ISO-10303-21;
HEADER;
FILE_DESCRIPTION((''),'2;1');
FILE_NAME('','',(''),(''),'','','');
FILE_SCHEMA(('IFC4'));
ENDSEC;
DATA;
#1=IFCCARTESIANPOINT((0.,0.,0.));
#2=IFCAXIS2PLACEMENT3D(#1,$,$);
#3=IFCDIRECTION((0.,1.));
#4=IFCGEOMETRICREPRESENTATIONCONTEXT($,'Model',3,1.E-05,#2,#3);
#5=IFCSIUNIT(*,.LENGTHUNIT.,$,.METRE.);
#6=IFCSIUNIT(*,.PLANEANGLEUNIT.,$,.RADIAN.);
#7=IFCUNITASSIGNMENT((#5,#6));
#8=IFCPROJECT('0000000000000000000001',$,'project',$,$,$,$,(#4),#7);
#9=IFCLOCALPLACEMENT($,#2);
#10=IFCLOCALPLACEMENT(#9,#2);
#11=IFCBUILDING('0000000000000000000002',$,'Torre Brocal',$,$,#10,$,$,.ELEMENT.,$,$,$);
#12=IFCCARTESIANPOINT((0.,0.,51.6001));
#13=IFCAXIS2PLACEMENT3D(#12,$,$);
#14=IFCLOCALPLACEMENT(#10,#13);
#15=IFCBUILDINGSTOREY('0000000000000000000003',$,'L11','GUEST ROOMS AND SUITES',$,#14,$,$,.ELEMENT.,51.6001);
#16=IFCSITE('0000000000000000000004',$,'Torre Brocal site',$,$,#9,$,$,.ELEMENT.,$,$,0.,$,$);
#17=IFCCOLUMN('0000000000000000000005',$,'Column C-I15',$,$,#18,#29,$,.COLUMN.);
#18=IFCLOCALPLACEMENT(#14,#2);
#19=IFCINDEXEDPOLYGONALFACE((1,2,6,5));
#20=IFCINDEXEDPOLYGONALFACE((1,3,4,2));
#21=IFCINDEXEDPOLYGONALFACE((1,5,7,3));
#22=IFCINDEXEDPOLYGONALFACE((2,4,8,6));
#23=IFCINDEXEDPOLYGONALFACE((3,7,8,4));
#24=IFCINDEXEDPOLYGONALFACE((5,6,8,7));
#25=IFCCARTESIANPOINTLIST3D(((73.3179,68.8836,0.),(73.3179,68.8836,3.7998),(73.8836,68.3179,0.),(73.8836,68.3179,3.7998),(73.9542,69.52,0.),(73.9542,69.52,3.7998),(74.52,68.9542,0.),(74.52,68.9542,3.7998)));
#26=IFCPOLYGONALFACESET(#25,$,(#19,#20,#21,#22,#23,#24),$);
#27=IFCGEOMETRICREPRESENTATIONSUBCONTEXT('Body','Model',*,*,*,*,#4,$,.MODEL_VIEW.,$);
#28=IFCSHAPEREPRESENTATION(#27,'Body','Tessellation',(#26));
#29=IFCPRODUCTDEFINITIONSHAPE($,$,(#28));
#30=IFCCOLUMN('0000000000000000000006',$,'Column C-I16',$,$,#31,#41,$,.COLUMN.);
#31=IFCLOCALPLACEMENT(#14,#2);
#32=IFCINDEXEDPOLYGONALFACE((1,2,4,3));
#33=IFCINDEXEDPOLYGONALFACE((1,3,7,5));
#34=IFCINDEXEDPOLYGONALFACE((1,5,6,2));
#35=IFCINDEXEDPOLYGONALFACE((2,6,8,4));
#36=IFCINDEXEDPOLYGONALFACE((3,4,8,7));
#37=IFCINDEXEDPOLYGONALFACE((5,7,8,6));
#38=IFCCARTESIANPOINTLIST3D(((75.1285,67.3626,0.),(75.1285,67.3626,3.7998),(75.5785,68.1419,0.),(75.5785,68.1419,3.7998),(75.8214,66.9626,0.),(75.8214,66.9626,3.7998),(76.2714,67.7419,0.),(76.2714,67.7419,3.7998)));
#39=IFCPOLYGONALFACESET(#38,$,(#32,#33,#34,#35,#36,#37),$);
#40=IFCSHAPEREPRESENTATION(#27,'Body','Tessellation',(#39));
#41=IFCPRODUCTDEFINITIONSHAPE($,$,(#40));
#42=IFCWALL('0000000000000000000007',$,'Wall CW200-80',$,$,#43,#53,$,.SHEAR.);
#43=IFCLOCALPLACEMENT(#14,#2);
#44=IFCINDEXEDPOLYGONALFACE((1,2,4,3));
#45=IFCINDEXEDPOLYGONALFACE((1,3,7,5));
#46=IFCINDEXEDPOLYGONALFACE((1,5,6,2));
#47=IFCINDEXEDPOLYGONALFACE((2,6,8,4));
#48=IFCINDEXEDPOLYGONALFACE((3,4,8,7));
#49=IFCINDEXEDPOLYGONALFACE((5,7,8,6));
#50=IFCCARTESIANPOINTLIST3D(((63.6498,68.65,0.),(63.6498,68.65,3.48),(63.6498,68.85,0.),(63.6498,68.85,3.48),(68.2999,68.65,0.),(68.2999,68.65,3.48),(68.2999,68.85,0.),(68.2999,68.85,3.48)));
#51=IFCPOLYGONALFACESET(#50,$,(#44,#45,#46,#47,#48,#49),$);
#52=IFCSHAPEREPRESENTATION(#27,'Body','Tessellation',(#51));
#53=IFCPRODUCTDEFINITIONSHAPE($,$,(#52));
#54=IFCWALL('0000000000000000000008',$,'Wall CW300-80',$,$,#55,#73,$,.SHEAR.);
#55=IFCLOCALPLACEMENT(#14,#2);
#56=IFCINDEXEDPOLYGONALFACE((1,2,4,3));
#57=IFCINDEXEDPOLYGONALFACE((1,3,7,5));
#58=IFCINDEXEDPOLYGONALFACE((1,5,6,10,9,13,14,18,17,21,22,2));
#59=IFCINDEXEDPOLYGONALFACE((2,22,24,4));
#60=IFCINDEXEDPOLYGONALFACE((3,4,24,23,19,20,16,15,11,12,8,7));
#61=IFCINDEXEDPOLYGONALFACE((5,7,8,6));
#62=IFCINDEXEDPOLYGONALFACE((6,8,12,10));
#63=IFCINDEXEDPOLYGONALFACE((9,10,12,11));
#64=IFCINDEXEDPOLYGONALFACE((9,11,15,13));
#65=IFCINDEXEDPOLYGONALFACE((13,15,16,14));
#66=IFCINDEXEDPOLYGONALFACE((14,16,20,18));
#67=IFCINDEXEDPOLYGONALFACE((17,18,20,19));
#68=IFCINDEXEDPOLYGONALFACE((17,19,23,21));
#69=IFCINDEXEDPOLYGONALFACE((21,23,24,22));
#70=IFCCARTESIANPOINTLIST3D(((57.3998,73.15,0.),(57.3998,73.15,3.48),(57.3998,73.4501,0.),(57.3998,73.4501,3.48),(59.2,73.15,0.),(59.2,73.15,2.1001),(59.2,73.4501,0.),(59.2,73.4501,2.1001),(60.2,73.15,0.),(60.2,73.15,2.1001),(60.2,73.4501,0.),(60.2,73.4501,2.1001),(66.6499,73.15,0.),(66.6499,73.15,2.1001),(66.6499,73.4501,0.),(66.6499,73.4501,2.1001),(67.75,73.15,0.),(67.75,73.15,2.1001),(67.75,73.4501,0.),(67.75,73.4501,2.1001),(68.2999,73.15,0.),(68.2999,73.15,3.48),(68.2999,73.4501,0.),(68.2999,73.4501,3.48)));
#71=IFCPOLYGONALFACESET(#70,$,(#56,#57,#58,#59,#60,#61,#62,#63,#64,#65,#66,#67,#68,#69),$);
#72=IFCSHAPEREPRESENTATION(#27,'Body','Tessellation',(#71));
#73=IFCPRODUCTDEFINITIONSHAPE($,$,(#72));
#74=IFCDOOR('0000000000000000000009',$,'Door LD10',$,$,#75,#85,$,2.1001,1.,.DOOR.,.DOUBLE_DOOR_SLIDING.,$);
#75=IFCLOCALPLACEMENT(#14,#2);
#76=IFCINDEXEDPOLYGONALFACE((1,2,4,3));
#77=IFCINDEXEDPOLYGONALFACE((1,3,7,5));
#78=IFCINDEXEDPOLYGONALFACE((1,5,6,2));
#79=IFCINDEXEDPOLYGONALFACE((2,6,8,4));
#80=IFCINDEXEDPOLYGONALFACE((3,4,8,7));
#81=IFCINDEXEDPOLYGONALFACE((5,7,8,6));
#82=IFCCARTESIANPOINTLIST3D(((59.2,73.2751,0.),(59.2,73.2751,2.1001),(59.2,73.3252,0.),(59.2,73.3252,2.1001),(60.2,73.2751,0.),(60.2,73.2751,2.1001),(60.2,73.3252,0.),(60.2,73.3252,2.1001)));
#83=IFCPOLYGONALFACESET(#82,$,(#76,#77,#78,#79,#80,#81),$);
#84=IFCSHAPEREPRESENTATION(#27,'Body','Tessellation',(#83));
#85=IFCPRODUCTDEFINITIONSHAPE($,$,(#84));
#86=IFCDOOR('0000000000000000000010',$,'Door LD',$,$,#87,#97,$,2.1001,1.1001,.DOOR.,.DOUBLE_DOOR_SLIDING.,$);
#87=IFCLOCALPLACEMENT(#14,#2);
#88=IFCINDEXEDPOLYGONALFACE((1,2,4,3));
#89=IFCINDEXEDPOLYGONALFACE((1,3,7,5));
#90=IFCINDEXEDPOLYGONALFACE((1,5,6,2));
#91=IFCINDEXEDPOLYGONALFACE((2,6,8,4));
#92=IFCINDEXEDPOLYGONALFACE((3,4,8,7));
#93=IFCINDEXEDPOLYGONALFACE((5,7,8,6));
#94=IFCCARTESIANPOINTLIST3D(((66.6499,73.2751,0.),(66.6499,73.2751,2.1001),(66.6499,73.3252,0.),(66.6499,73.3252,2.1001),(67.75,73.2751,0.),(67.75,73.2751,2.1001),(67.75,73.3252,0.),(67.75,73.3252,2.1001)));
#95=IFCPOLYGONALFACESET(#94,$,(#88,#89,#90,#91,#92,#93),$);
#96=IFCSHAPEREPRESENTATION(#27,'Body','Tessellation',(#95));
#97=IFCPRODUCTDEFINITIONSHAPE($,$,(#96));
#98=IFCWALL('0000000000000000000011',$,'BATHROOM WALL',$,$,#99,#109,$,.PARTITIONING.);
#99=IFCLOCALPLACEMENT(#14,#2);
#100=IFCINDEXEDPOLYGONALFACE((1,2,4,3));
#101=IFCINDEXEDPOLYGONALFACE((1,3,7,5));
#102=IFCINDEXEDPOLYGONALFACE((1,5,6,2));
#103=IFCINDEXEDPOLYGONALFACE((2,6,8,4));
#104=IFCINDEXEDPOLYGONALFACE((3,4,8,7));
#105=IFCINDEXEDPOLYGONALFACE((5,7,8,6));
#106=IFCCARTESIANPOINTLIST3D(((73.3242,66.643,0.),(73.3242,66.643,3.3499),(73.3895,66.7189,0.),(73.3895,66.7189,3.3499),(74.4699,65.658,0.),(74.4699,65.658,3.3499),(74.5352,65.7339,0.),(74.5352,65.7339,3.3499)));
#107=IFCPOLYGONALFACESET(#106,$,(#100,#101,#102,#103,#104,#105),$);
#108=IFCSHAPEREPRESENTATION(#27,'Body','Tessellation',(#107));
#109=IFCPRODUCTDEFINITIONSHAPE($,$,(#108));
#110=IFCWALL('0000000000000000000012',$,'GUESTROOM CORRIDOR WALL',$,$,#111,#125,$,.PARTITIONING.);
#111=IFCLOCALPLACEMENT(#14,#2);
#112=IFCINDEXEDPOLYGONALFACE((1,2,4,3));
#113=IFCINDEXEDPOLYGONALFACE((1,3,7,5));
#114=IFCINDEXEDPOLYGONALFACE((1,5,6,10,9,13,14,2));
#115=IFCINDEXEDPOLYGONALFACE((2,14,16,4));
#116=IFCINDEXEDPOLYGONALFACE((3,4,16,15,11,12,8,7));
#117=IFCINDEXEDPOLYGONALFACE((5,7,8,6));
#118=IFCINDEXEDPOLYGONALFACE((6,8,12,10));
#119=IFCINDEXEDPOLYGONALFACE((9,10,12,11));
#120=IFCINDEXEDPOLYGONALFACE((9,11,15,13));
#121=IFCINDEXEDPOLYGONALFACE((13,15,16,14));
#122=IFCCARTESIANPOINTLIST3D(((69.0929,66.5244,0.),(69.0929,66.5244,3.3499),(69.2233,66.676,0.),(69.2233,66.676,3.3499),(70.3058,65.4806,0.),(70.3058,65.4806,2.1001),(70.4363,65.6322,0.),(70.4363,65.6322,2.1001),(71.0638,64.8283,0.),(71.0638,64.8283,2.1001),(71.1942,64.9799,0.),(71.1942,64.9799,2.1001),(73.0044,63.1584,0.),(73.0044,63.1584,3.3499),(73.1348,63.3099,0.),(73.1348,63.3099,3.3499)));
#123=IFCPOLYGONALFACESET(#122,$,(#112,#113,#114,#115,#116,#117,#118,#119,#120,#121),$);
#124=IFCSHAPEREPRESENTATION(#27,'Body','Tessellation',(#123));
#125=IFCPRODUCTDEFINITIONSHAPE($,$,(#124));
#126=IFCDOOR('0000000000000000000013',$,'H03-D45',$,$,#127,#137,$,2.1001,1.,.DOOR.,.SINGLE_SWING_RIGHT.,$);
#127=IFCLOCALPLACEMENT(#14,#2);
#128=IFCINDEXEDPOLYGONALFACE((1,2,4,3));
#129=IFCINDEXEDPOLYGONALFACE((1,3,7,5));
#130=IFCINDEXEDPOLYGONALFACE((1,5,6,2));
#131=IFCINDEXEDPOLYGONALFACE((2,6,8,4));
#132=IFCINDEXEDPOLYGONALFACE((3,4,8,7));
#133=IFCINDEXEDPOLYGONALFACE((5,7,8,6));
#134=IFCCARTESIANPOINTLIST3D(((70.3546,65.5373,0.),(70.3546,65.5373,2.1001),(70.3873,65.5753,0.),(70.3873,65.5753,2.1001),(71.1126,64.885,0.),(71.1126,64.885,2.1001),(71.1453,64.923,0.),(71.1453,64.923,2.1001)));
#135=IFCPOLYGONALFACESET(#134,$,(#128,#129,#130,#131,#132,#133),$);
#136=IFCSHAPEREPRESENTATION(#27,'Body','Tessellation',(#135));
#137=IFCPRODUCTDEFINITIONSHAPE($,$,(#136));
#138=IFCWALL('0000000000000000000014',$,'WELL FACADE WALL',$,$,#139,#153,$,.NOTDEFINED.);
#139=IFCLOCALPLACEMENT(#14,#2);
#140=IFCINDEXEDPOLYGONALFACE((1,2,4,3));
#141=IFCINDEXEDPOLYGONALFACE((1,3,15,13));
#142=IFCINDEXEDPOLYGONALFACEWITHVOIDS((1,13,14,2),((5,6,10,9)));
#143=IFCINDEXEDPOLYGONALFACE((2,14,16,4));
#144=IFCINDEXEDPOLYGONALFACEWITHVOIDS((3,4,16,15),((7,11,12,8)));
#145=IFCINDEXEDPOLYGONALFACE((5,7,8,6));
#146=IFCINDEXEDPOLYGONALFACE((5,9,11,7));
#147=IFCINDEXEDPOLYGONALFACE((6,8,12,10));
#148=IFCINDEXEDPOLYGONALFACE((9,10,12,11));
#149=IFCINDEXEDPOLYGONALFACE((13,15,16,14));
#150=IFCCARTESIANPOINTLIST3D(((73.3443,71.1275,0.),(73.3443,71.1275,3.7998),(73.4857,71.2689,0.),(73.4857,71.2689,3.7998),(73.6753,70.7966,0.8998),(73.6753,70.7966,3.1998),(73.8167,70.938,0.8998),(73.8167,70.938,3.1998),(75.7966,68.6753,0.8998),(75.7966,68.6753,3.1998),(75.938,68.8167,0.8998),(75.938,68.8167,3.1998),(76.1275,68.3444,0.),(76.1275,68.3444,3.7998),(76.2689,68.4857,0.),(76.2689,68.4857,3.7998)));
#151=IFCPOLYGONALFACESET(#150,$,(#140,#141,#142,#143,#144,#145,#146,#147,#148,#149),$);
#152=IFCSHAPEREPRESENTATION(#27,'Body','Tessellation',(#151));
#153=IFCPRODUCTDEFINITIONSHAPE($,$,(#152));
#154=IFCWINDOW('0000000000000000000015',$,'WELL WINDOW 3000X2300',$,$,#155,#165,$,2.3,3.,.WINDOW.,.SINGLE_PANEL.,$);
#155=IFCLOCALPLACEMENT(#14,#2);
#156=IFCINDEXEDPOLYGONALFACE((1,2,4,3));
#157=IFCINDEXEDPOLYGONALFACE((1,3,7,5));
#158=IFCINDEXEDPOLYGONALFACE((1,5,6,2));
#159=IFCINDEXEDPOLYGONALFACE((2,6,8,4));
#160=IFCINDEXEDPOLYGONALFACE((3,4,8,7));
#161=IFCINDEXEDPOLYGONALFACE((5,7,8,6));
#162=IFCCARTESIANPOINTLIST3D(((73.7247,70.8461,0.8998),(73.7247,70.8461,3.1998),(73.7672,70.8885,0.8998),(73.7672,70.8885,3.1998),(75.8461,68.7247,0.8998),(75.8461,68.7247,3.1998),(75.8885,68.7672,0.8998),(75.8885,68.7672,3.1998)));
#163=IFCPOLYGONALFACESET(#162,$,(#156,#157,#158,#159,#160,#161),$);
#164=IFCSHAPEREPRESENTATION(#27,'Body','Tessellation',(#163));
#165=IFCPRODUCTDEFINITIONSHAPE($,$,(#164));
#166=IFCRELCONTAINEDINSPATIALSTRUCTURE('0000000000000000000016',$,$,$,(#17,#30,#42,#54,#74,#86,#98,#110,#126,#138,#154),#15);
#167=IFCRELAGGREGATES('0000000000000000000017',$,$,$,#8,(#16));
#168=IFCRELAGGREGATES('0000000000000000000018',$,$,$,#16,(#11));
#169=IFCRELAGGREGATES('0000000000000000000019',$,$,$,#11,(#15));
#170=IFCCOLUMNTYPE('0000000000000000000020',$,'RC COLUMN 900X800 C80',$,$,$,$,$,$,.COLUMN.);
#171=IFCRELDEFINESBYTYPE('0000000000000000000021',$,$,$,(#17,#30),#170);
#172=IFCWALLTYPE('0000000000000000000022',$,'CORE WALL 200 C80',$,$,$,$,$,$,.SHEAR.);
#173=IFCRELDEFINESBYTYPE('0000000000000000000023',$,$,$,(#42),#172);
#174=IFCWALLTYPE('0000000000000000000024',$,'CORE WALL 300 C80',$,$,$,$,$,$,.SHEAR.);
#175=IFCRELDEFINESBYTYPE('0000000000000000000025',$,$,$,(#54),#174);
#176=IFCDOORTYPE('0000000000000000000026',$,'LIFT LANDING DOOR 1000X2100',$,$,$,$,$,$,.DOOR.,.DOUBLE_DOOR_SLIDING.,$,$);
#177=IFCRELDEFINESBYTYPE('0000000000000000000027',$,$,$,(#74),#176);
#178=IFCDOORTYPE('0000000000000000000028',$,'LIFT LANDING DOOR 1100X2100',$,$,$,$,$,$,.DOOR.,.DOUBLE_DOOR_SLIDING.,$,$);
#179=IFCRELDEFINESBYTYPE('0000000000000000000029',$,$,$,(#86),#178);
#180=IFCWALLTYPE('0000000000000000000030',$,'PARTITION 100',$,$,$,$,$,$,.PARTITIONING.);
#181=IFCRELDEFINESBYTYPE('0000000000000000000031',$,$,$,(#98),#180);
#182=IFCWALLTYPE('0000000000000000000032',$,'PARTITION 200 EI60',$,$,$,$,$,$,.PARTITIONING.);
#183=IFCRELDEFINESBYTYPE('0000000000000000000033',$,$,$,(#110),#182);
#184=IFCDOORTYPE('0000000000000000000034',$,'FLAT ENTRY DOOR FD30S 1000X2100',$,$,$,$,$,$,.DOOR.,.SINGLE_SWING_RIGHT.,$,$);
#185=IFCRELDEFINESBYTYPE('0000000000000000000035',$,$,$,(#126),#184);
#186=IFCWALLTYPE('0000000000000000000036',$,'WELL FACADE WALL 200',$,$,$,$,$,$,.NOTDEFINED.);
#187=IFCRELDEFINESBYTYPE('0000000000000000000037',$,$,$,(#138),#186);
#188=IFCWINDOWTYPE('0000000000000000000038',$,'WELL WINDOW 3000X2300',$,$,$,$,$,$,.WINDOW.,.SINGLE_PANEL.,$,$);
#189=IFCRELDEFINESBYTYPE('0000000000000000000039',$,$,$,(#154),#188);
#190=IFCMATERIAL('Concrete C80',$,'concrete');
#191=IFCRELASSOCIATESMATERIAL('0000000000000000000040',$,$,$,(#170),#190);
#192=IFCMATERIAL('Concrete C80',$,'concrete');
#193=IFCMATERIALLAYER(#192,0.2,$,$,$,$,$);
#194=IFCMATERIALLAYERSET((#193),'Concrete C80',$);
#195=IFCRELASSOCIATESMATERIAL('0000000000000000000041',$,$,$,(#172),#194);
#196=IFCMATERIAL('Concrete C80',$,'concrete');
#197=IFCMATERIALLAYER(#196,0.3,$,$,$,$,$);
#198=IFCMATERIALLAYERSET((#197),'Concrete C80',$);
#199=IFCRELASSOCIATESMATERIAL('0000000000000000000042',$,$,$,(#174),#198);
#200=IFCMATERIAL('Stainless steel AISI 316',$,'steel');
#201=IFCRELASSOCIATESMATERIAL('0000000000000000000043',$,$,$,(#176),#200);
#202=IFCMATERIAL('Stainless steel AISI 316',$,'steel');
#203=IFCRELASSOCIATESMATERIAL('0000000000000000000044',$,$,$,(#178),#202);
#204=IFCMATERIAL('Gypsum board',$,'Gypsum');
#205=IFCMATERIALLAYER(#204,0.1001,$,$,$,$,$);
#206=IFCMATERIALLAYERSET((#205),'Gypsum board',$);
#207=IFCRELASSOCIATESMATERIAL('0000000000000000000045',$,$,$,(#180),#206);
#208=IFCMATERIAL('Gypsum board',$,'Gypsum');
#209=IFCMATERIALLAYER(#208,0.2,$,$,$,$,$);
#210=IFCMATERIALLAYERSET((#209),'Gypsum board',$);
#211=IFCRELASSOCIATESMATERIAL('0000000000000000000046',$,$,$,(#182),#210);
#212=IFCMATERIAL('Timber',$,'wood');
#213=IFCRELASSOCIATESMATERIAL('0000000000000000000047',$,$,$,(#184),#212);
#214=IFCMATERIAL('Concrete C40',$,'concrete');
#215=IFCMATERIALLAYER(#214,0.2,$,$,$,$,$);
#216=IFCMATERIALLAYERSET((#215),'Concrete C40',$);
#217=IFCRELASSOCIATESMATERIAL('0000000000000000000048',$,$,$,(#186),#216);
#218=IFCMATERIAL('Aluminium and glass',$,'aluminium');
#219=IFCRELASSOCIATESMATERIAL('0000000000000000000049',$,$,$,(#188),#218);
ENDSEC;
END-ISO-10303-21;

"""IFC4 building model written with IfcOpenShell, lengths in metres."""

from ifc_helpers import new_model, si_unit, direction, frame, frame_2d, origin, origin_2d, place, context, subcontext, project, spatial, rectangle, extrude, material, layer, layer_set, material_profile, profile_set, type_object, element, fill, save


model = new_model("IFC4")

# Units and contexts
model_context = context("Model", 3, precision=1e-05, world=origin(), true_north=direction((0.0, 1.0)))
body_context = subcontext(model_context, "Body", "Model", "MODEL_VIEW")
ifc_project = project(units=[si_unit("LENGTHUNIT", "METRE"), si_unit("PLANEANGLEUNIT", "RADIAN")], contexts=[model_context])

# Site, building, storey
site_placement = place(None, origin())
site = spatial("IfcSite", under=ifc_project, at=site_placement, Name="Torre Brocal site", CompositionType="ELEMENT", RefElevation=0.0)
building_placement = place(site_placement, origin())
building = spatial("IfcBuilding", under=site, at=building_placement, Name="Torre Brocal", CompositionType="ELEMENT")
storey_placement = place(building_placement, frame((0.0, 0.0, 51.6001)))
storey = spatial("IfcBuildingStorey", under=building, at=storey_placement, Name="L11", Description="GUEST ROOMS AND SUITES", CompositionType="ELEMENT", Elevation=51.6001)

# Columns
ifc_material_1 = material(Name="Concrete C80", Category="concrete")
ifc_material_profile = material_profile(ifc_material_1, rectangle(XDim=0.8999, YDim=0.8, at=origin_2d()), Name="RC 900X800")
ifc_profile_set = profile_set([ifc_material_profile], Name="Concrete C80")
column_type = type_object("IfcColumnType", Name="RC COLUMN 900X800 C80", PredefinedType="COLUMN", material=ifc_profile_set)
for number, where, z_axis, x_axis, name in (
    (1, (73.9189, 68.9189, 0.0), (0.0, 0.0, 1.0), (-0.707107, -0.707107, 0.0), "Column C-I15"),
    (2, (75.7, 67.5522, 0.0), (0.0, 0.0, 1.0), (-0.5, -0.866025, 0.0), "Column C-I16"),
):
    element("IfcColumn", number, at=place(storey_placement, frame(where, z_axis=z_axis, x_axis=x_axis)), inside=storey, type_object=column_type, Name=name, PredefinedType="COLUMN", context=body_context, shape_type="SweptSolid", body=[
        extrude(rectangle(XDim=0.8999, YDim=0.8, at=origin_2d()), origin(), (0.0, 0.0, 1.0), 3.7998),
    ])

# Wall
ifc_material_2 = material(Name="Concrete C80", Category="concrete")
ifc_layer_1 = layer(ifc_material_2, 0.2)
ifc_layer_set_1 = layer_set([ifc_layer_1], Name="Concrete C80")
wall_type_1 = type_object("IfcWallType", Name="CORE WALL 200 C80", PredefinedType="SHEAR", material=ifc_layer_set_1)
wall_1_placement = place(storey_placement, frame((68.3, 68.75, 0.0), z_axis=(0.0, 0.0, 1.0), x_axis=(-1.0, 0.0, 0.0)))
element("IfcWall", 3, at=wall_1_placement, inside=storey, type_object=wall_type_1, Name="Wall CW200-80", PredefinedType="SHEAR", context=body_context, shape_type="SweptSolid", body=[
    extrude(rectangle(XDim=4.6501, YDim=0.2, at=frame_2d((2.3252, 0.0))), origin(), (0.0, 0.0, 1.0), 3.48),
])

# Wall, openings, doors
ifc_material_3 = material(Name="Concrete C80", Category="concrete")
ifc_layer_2 = layer(ifc_material_3, 0.3)
ifc_layer_set_2 = layer_set([ifc_layer_2], Name="Concrete C80")
wall_type_2 = type_object("IfcWallType", Name="CORE WALL 300 C80", PredefinedType="SHEAR", material=ifc_layer_set_2)
wall_2_placement = place(storey_placement, frame((68.3, 73.3, 0.0), z_axis=(0.0, 0.0, 1.0), x_axis=(-1.0, 0.0, 0.0)))
wall_2 = element("IfcWall", 4, at=wall_2_placement, inside=storey, type_object=wall_type_2, Name="Wall CW300-80", PredefinedType="SHEAR", context=body_context, shape_type="SweptSolid", body=[
    extrude(rectangle(XDim=10.9001, YDim=0.3, at=frame_2d((5.4502, 0.0))), origin(), (0.0, 0.0, 1.0), 3.48),
])
opening_1_placement = place(wall_2_placement, frame((0.55, 0.0, 0.0)))
opening_1 = element("IfcOpeningElement", 5, at=opening_1_placement, cuts=wall_2, PredefinedType="OPENING", context=body_context, shape_type="SweptSolid", body=[
    extrude(rectangle(XDim=1.1001, YDim=2.1001, at=frame_2d((0.55, 1.05))), frame((0.0, 0.1599, 0.0), z_axis=(0.0, -1.0, 0.0), x_axis=(1.0, 0.0, 0.0)), (0.0, 0.0, 1.0), 0.3201),
])
opening_2_placement = place(wall_2_placement, frame((8.1001, 0.0, 0.0)))
opening_2 = element("IfcOpeningElement", 6, at=opening_2_placement, cuts=wall_2, PredefinedType="OPENING", context=body_context, shape_type="SweptSolid", body=[
    extrude(rectangle(XDim=1.0, YDim=2.1001, at=frame_2d((0.5, 1.05))), frame((0.0, 0.1599, 0.0), z_axis=(0.0, -1.0, 0.0), x_axis=(1.0, 0.0, 0.0)), (0.0, 0.0, 1.0), 0.3201),
])
ifc_material_4 = material(Name="Stainless steel AISI 316", Category="steel")
door_type_1 = type_object("IfcDoorType", Name="LIFT LANDING DOOR 1000X2100", OperationType="DOUBLE_DOOR_SLIDING", PredefinedType="DOOR", material=ifc_material_4)
door_1_placement = place(opening_2_placement, origin())
door_1 = element("IfcDoor", 7, at=door_1_placement, inside=storey, type_object=door_type_1, Name="Door LD10", OperationType="DOUBLE_DOOR_SLIDING", OverallHeight=2.1001, OverallWidth=1.0, PredefinedType="DOOR", context=body_context, shape_type="SweptSolid", body=[
    extrude(rectangle(XDim=1.0, YDim=2.1001, at=frame_2d((0.5, 1.05))), frame((0.0, 0.0249, 0.0), z_axis=(0.0, -1.0, 0.0), x_axis=(1.0, 0.0, 0.0)), (0.0, 0.0, 1.0), 0.05),
])
fill(opening_2, door_1)
ifc_material_5 = material(Name="Stainless steel AISI 316", Category="steel")
door_type_2 = type_object("IfcDoorType", Name="LIFT LANDING DOOR 1100X2100", OperationType="DOUBLE_DOOR_SLIDING", PredefinedType="DOOR", material=ifc_material_5)
door_2_placement = place(opening_1_placement, origin())
door_2 = element("IfcDoor", 8, at=door_2_placement, inside=storey, type_object=door_type_2, Name="Door LD", OperationType="DOUBLE_DOOR_SLIDING", OverallHeight=2.1001, OverallWidth=1.1001, PredefinedType="DOOR", context=body_context, shape_type="SweptSolid", body=[
    extrude(rectangle(XDim=1.1001, YDim=2.1001, at=frame_2d((0.55, 1.05))), frame((0.0, 0.0249, 0.0), z_axis=(0.0, -1.0, 0.0), x_axis=(1.0, 0.0, 0.0)), (0.0, 0.0, 1.0), 0.05),
])
fill(opening_1, door_2)

# Wall
ifc_material_6 = material(Name="Gypsum board", Category="Gypsum")
ifc_layer_3 = layer(ifc_material_6, 0.1001)
ifc_layer_set_3 = layer_set([ifc_layer_3], Name="Gypsum board")
wall_type_3 = type_object("IfcWallType", Name="PARTITION 100", PredefinedType="PARTITIONING", material=ifc_layer_set_3)
wall_3_placement = place(storey_placement, frame((73.3569, 66.6809, 0.0), z_axis=(0.0, 0.0, 1.0), x_axis=(0.758263, -0.651948, 0.0)))
element("IfcWall", 9, at=wall_3_placement, inside=storey, type_object=wall_type_3, Name="BATHROOM WALL", PredefinedType="PARTITIONING", context=body_context, shape_type="SweptSolid", body=[
    extrude(rectangle(XDim=1.511, YDim=0.1001, at=frame_2d((0.7554, 0.0))), origin(), (0.0, 0.0, 1.0), 3.3499),
])

# Wall, opening, door
ifc_material_7 = material(Name="Gypsum board", Category="Gypsum")
ifc_layer_4 = layer(ifc_material_7, 0.2)
ifc_layer_set_4 = layer_set([ifc_layer_4], Name="Gypsum board")
wall_type_4 = type_object("IfcWallType", Name="PARTITION 200 EI60", PredefinedType="PARTITIONING", material=ifc_layer_set_4)
wall_4_placement = place(storey_placement, frame((69.1582, 66.6001, 0.0), z_axis=(0.0, 0.0, 1.0), x_axis=(0.757976, -0.652282, 0.0)))
wall_4 = element("IfcWall", 10, at=wall_4_placement, inside=storey, type_object=wall_type_4, Name="GUESTROOM CORRIDOR WALL", PredefinedType="PARTITIONING", context=body_context, shape_type="SweptSolid", body=[
    extrude(rectangle(XDim=5.1604, YDim=0.2, at=frame_2d((2.5801, 0.0))), origin(), (0.0, 0.0, 1.0), 3.3499),
])
opening_3_placement = place(wall_4_placement, frame((1.6001, 0.0, 0.0)))
opening_3 = element("IfcOpeningElement", 11, at=opening_3_placement, cuts=wall_4, PredefinedType="OPENING", context=body_context, shape_type="SweptSolid", body=[
    extrude(rectangle(XDim=1.0, YDim=2.1001, at=frame_2d((0.5, 1.05))), frame((0.0, 0.1099, 0.0), z_axis=(0.0, -1.0, 0.0), x_axis=(1.0, 0.0, 0.0)), (0.0, 0.0, 1.0), 0.22),
])
ifc_material_8 = material(Name="Timber", Category="wood")
door_type_3 = type_object("IfcDoorType", Name="FLAT ENTRY DOOR FD30S 1000X2100", OperationType="SINGLE_SWING_RIGHT", PredefinedType="DOOR", material=ifc_material_8)
door_3_placement = place(opening_3_placement, origin())
door_3 = element("IfcDoor", 12, at=door_3_placement, inside=storey, type_object=door_type_3, Name="H03-D45", OperationType="SINGLE_SWING_RIGHT", OverallHeight=2.1001, OverallWidth=1.0, PredefinedType="DOOR", context=body_context, shape_type="SweptSolid", body=[
    extrude(rectangle(XDim=1.0, YDim=2.1001, at=frame_2d((0.5, 1.05))), frame((0.0, 0.0249, 0.0), z_axis=(0.0, -1.0, 0.0), x_axis=(1.0, 0.0, 0.0)), (0.0, 0.0, 1.0), 0.05),
])
fill(opening_3, door_3)

# Wall, opening, window
ifc_material_9 = material(Name="Concrete C40", Category="concrete")
ifc_layer_5 = layer(ifc_material_9, 0.2)
ifc_layer_set_5 = layer_set([ifc_layer_5], Name="Concrete C40")
wall_type_5 = type_object("IfcWallType", Name="WELL FACADE WALL 200", PredefinedType="NOTDEFINED", material=ifc_layer_set_5)
wall_5_placement = place(storey_placement, frame((73.415, 71.1982, 0.0), z_axis=(0.0, 0.0, 1.0), x_axis=(0.707107, -0.707107, 0.0)))
wall_5 = element("IfcWall", 13, at=wall_5_placement, inside=storey, type_object=wall_type_5, Name="WELL FACADE WALL", PredefinedType="NOTDEFINED", context=body_context, shape_type="SweptSolid", body=[
    extrude(rectangle(XDim=3.936, YDim=0.2, at=frame_2d((1.968, 0.0))), origin(), (0.0, 0.0, 1.0), 3.7998),
])
opening_4_placement = place(wall_5_placement, frame((0.468, 0.0, 0.8999)))
opening_4 = element("IfcOpeningElement", 14, at=opening_4_placement, cuts=wall_5, PredefinedType="OPENING", context=body_context, shape_type="SweptSolid", body=[
    extrude(rectangle(XDim=3.0, YDim=2.3, at=frame_2d((1.5, 1.1499))), frame((0.0, 0.1099, 0.0), z_axis=(0.0, -1.0, 0.0), x_axis=(1.0, 0.0, 0.0)), (0.0, 0.0, 1.0), 0.22),
])
ifc_material_10 = material(Name="Aluminium and glass", Category="aluminium")
window_type = type_object("IfcWindowType", Name="WELL WINDOW 3000X2300", PartitioningType="SINGLE_PANEL", PredefinedType="WINDOW", material=ifc_material_10)
window_1_placement = place(opening_4_placement, origin())
window_1 = element("IfcWindow", 15, at=window_1_placement, inside=storey, type_object=window_type, Name="WELL WINDOW 3000X2300", OverallHeight=2.3, OverallWidth=3.0, PartitioningType="SINGLE_PANEL", PredefinedType="WINDOW", context=body_context, shape_type="SweptSolid", body=[
    extrude(rectangle(XDim=3.0, YDim=2.3, at=frame_2d((1.5, 1.1499))), frame((0.0, 0.03, 0.0), z_axis=(0.0, -1.0, 0.0), x_axis=(1.0, 0.0, 0.0)), (0.0, 0.0, 1.0), 0.0601),
])
fill(opening_4, window_1)

save(model, "model.ifc")
